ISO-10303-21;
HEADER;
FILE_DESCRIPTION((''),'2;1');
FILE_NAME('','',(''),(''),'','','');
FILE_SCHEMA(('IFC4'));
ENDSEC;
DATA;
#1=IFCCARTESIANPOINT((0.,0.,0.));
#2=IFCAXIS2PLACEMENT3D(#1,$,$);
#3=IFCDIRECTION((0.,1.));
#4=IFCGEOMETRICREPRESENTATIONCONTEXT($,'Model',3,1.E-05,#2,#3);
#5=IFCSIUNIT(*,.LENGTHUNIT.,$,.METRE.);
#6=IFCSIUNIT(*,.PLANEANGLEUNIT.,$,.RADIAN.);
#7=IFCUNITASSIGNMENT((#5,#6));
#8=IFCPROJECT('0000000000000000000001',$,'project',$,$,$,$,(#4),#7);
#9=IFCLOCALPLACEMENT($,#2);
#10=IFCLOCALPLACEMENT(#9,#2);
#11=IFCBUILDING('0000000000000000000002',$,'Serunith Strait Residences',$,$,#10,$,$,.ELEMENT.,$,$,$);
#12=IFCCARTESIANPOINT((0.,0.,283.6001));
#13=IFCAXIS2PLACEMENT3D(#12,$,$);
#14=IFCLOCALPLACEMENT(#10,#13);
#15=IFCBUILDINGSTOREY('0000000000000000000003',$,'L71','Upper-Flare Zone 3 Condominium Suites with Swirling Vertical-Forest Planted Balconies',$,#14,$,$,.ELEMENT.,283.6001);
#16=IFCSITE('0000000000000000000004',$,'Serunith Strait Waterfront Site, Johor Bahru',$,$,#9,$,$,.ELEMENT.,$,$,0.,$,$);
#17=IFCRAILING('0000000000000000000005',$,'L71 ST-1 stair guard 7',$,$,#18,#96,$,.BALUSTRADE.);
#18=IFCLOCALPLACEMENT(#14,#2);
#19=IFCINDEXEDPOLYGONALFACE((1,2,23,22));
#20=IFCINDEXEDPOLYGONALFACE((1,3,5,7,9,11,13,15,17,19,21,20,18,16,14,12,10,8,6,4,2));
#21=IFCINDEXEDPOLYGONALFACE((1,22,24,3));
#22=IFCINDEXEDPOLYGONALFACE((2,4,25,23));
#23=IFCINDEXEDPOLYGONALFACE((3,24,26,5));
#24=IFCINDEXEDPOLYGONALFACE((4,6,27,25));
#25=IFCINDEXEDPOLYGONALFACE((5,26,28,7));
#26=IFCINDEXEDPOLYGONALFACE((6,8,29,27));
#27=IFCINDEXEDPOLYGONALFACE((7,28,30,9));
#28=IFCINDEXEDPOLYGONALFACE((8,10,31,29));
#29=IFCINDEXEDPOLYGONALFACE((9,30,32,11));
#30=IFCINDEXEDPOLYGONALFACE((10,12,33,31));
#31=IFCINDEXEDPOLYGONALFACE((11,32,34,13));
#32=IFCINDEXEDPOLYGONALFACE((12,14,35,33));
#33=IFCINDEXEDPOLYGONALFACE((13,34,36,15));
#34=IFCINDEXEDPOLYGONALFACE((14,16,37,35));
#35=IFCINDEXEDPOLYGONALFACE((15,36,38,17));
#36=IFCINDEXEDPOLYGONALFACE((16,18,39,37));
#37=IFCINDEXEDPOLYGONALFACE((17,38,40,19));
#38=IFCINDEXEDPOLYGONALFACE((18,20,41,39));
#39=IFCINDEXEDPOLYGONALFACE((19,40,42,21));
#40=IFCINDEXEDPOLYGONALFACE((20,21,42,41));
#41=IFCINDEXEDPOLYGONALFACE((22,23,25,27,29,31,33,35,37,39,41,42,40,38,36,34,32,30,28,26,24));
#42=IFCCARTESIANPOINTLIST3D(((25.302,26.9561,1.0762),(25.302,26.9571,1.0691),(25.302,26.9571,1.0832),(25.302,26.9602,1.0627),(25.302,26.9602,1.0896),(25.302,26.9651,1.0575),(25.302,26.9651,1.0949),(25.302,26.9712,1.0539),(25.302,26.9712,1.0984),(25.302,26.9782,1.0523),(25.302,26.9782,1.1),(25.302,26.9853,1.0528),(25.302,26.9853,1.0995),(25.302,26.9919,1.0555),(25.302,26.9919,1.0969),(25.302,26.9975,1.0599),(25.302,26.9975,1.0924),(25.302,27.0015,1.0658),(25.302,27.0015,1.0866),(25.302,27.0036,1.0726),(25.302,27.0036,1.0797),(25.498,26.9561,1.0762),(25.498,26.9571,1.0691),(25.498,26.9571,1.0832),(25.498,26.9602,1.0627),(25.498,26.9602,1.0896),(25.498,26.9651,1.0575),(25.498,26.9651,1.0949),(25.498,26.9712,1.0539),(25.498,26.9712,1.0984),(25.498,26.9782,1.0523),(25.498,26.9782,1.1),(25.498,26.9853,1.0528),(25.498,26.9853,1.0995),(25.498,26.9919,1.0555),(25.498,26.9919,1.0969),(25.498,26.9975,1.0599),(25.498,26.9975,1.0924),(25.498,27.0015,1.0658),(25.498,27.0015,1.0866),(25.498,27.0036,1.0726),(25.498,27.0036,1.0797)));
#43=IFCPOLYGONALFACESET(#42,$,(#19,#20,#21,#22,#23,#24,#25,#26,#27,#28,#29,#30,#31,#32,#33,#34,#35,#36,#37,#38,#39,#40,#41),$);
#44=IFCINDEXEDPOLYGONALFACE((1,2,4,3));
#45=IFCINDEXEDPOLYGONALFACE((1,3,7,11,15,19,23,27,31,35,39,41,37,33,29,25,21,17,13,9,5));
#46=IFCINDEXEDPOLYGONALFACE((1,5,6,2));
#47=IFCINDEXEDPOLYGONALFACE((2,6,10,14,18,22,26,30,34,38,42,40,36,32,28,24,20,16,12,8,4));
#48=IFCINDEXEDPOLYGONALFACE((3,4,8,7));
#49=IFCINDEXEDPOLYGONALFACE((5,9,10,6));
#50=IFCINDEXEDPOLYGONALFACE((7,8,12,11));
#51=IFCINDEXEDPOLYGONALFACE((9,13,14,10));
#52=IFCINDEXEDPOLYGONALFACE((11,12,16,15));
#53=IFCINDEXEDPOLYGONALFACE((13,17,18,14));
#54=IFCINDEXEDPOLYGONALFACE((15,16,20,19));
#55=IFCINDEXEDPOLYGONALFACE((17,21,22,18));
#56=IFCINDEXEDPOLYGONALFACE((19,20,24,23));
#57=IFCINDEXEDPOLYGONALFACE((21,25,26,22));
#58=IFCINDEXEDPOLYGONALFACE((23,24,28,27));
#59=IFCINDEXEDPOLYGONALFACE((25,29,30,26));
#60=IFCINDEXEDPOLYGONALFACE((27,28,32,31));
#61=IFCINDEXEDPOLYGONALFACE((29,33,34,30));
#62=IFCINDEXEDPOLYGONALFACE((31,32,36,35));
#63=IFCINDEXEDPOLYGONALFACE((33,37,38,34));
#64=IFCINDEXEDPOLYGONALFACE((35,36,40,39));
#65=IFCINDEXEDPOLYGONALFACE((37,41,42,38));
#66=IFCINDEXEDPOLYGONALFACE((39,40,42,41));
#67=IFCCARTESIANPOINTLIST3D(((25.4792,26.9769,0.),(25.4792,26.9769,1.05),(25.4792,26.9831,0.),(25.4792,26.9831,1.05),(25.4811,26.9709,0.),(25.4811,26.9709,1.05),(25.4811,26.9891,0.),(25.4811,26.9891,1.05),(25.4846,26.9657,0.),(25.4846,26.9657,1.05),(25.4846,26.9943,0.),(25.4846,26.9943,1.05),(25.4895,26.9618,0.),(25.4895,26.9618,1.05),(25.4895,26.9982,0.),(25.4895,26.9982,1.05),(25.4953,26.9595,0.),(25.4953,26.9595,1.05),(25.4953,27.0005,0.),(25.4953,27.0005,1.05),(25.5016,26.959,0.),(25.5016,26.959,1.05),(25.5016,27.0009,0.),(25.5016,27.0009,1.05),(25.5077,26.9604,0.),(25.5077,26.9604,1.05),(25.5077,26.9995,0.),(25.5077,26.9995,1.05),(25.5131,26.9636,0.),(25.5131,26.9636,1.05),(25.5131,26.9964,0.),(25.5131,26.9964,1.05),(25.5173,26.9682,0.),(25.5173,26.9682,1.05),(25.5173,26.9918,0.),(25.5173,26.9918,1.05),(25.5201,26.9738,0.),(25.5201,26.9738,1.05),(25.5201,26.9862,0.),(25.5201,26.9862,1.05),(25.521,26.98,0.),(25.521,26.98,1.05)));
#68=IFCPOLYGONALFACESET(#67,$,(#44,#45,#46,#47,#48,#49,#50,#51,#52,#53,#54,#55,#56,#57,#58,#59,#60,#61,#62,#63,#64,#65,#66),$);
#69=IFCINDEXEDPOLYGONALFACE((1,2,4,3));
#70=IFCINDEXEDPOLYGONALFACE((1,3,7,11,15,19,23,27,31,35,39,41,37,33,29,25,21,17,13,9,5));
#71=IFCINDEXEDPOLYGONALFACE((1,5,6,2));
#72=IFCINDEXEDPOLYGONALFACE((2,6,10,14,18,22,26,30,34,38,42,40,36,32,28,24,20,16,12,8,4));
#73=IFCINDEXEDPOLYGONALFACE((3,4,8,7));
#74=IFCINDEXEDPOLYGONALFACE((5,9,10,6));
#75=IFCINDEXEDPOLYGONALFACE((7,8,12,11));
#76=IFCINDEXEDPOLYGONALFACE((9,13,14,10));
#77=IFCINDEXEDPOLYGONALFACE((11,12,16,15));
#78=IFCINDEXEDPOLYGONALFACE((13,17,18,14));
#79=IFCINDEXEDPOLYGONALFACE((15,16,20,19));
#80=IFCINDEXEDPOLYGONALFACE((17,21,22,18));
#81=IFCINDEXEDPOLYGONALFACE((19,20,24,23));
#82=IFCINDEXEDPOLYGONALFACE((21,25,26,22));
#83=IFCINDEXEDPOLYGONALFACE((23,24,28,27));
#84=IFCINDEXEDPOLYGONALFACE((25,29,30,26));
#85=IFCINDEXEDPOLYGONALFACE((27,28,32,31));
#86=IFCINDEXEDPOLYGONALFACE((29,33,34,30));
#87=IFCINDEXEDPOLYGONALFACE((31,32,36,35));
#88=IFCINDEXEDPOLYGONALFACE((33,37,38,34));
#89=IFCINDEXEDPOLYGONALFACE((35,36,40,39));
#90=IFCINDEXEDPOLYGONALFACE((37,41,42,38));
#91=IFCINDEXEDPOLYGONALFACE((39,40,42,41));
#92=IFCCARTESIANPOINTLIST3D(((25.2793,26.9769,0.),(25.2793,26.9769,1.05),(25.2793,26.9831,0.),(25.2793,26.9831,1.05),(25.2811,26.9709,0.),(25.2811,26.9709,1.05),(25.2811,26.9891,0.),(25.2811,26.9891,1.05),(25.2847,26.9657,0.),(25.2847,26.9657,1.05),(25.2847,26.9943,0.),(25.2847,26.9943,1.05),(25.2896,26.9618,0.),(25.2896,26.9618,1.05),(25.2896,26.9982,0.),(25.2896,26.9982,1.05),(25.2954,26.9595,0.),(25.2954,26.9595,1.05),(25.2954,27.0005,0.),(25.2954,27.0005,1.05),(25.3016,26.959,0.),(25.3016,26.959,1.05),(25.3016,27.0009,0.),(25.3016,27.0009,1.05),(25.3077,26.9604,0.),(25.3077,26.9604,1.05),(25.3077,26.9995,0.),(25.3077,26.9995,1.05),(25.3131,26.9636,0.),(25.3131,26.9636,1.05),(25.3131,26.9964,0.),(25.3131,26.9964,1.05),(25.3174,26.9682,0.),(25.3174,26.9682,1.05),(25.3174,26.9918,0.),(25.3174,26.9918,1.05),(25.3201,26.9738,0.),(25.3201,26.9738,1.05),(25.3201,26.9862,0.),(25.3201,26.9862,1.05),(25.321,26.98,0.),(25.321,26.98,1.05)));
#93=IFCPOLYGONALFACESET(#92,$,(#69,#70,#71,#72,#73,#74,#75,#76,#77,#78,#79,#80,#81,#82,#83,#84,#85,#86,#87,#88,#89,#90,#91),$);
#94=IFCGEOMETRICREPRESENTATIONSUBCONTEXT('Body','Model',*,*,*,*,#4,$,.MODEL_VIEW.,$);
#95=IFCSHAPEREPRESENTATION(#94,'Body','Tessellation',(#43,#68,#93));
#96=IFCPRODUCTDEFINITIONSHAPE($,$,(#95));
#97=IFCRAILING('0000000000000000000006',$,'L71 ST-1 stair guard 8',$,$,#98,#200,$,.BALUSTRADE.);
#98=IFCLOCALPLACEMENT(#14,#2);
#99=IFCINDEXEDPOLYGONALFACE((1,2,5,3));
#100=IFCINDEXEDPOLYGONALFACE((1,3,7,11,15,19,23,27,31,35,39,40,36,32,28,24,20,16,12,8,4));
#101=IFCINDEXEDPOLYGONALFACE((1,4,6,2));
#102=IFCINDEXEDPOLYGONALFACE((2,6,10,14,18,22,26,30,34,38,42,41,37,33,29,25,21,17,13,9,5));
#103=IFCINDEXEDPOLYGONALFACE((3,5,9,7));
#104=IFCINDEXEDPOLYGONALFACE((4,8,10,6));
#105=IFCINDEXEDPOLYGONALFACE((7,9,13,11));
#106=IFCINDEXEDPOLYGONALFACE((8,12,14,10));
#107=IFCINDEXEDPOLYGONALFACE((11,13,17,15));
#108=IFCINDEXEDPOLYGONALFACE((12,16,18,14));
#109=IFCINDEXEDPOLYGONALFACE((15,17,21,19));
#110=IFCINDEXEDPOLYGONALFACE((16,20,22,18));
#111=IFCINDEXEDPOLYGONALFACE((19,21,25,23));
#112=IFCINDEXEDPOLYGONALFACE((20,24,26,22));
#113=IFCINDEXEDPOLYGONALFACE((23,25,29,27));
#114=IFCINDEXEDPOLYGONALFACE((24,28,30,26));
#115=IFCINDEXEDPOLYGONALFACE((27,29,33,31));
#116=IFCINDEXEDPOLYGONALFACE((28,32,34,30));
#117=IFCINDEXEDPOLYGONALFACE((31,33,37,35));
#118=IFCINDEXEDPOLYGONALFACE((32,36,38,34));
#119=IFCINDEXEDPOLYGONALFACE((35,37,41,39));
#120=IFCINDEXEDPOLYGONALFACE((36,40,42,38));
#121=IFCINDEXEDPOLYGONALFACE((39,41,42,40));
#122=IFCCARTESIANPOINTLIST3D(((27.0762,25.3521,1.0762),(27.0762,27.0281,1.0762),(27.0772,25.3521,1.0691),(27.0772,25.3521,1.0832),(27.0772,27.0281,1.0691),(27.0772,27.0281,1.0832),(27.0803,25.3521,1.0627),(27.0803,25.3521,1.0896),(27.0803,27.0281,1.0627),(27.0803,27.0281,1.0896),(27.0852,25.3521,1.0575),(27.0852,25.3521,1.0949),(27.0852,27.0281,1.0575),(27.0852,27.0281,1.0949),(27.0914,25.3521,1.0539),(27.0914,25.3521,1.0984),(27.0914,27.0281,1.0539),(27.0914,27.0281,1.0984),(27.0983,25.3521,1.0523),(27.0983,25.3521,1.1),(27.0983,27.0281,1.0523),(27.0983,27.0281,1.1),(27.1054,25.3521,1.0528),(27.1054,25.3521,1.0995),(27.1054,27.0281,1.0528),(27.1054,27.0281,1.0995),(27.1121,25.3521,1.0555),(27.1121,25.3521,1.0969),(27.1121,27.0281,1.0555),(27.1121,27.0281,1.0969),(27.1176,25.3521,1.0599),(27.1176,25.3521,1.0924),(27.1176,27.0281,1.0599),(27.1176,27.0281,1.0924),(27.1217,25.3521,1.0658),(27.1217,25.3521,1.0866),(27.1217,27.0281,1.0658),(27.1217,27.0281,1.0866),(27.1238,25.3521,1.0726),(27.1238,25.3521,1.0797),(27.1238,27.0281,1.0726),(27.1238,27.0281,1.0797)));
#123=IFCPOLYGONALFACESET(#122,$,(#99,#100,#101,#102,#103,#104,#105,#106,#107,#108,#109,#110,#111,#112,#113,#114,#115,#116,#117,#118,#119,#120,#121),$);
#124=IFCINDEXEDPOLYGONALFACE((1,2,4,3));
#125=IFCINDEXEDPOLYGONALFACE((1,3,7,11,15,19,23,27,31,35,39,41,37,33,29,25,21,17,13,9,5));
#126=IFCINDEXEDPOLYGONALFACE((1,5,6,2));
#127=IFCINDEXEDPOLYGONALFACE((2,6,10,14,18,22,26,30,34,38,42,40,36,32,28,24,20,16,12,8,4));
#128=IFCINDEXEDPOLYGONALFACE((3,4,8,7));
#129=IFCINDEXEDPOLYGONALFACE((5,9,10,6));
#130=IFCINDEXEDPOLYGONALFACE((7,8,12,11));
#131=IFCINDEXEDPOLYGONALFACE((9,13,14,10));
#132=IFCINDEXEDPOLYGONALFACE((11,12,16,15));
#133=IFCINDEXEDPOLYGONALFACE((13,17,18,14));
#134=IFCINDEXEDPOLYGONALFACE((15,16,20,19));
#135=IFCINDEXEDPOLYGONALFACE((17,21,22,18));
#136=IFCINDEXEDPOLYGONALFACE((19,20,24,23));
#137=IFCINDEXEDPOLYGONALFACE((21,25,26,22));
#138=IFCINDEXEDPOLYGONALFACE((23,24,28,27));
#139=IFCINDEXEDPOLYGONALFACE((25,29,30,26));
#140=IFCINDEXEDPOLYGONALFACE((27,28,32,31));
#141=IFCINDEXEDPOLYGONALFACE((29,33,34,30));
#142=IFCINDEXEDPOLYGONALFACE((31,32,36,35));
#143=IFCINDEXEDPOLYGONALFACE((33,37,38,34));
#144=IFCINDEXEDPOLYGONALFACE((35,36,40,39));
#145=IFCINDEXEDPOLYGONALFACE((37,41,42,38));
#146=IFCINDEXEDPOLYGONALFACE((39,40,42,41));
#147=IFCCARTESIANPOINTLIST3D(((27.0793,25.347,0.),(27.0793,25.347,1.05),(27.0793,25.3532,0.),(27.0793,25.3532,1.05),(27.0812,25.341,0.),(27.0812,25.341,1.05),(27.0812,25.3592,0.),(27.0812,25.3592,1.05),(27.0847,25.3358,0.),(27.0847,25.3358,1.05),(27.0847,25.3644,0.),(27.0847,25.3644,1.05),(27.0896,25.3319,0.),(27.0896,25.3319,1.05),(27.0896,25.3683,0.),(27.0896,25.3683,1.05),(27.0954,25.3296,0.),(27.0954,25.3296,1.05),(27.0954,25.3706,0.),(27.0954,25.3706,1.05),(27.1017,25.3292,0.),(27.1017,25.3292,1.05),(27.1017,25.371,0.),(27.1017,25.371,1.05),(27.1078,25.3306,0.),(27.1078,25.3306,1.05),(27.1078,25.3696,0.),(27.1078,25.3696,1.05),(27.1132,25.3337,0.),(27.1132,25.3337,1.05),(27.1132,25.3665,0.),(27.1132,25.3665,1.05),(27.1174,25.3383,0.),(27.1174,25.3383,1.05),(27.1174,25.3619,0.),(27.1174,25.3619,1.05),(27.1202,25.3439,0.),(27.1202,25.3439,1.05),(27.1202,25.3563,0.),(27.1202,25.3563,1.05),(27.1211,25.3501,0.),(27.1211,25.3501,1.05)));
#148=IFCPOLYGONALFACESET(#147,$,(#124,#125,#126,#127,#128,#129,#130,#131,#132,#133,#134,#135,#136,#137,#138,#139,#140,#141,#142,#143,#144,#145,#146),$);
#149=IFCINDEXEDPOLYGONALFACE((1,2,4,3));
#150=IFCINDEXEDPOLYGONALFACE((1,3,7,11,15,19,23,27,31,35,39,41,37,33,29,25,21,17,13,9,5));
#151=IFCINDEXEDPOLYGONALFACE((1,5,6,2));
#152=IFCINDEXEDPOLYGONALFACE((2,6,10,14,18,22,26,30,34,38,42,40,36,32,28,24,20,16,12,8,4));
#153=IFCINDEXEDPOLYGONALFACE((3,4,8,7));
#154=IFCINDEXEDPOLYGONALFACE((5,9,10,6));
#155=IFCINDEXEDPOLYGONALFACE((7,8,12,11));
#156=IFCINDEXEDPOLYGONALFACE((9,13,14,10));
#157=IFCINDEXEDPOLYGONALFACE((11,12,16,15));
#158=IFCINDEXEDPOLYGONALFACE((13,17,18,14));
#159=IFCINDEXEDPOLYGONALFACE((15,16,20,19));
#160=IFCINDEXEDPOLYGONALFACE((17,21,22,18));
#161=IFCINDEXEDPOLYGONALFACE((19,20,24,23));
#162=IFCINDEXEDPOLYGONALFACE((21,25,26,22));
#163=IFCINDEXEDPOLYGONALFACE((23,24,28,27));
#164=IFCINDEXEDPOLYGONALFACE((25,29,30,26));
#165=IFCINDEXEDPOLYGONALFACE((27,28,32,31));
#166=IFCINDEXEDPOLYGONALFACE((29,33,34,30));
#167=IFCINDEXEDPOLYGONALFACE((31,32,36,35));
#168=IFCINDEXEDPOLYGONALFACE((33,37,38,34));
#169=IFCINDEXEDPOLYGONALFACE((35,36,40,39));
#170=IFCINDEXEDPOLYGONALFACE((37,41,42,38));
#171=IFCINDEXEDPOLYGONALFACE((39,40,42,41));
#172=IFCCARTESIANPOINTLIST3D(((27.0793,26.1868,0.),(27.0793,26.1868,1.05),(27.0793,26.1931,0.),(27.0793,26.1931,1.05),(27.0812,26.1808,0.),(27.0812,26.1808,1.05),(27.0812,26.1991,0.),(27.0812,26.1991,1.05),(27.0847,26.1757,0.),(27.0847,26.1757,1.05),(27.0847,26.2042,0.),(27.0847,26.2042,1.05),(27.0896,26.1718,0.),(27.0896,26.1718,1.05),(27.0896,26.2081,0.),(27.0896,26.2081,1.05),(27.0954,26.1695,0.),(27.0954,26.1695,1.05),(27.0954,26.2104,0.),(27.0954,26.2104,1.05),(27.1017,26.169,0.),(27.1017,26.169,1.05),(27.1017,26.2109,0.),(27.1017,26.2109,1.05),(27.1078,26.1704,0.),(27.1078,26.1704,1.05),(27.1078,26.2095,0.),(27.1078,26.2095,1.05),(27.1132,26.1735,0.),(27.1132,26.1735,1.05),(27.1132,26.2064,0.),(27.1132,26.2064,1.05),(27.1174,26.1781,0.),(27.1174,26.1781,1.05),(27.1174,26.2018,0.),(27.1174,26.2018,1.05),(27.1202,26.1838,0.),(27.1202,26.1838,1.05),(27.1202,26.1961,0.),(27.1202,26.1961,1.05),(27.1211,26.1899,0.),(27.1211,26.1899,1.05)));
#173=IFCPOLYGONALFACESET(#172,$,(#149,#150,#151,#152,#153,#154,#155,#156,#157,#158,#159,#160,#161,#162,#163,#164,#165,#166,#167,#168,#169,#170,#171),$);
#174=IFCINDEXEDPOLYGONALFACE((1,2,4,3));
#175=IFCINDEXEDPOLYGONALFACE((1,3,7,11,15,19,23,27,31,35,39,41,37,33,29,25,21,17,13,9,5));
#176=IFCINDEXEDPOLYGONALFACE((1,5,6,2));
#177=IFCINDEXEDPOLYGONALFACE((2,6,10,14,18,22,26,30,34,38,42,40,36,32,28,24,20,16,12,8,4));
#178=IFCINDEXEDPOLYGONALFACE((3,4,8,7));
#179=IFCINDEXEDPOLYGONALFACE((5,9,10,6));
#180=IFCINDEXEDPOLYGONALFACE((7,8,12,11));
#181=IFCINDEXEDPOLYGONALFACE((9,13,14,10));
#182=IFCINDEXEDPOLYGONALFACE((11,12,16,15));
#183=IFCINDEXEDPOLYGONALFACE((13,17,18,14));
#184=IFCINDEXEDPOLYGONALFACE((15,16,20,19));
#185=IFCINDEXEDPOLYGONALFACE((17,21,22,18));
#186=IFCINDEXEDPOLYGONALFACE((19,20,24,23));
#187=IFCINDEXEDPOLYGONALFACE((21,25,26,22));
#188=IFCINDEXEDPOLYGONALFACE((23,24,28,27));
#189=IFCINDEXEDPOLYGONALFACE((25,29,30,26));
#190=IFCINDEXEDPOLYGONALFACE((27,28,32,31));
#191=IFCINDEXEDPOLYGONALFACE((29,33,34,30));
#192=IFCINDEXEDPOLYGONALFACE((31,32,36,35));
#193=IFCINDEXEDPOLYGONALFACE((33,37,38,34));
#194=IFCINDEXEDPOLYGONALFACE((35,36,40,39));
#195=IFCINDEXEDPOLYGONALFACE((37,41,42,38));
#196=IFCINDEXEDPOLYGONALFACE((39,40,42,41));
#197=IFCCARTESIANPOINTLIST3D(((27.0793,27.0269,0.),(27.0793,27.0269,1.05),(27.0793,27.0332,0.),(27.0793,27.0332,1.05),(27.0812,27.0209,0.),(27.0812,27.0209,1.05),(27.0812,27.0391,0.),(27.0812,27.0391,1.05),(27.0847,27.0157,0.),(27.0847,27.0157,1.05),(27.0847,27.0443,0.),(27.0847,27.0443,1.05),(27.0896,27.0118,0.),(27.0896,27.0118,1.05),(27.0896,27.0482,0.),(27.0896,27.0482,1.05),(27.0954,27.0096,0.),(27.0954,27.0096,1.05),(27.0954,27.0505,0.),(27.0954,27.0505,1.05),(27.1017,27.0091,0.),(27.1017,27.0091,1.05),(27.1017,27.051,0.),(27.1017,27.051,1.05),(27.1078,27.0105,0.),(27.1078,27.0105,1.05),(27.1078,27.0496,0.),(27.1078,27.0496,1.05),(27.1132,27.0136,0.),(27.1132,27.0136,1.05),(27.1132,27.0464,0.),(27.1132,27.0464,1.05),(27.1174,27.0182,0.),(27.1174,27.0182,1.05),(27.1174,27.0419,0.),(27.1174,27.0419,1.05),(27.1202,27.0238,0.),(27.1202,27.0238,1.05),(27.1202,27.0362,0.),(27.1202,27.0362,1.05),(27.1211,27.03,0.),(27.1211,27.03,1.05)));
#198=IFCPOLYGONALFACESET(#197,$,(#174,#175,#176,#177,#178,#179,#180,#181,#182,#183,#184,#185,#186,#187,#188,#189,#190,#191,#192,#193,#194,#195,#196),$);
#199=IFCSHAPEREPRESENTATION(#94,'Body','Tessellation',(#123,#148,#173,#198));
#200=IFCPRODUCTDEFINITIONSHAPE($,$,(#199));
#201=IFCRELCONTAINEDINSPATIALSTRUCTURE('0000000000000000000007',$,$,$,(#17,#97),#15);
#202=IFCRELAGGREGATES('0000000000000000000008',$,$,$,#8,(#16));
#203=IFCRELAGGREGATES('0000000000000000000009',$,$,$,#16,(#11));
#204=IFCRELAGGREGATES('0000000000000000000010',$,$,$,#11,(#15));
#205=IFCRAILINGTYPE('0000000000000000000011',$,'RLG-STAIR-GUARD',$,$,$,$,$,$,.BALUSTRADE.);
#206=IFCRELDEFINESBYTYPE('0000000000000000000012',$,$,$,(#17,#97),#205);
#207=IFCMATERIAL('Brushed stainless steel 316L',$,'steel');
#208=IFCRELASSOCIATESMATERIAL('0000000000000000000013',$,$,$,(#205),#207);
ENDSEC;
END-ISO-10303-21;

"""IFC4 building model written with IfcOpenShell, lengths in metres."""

from ifc_helpers import new_model, si_unit, direction, frame, origin, origin_2d, place, context, subcontext, project, spatial, circle, extrude, material, type_object, element, save


model = new_model("IFC4")

# Units and contexts
model_context = context("Model", 3, precision=1e-05, world=origin(), true_north=direction((0.0, 1.0)))
body_context = subcontext(model_context, "Body", "Model", "MODEL_VIEW")
ifc_project = project(units=[si_unit("LENGTHUNIT", "METRE"), si_unit("PLANEANGLEUNIT", "RADIAN")], contexts=[model_context])

# Site, building, storey
site_placement = place(None, origin())
site = spatial("IfcSite", under=ifc_project, at=site_placement, Name="Serunith Strait Waterfront Site, Johor Bahru", CompositionType="ELEMENT", RefElevation=0.0)
building_placement = place(site_placement, origin())
building = spatial("IfcBuilding", under=site, at=building_placement, Name="Serunith Strait Residences", CompositionType="ELEMENT")
storey_placement = place(building_placement, frame((0.0, 0.0, 283.6001)))
storey = spatial("IfcBuildingStorey", under=building, at=storey_placement, Name="L71", Description="Upper-Flare Zone 3 Condominium Suites with Swirling Vertical-Forest Planted Balconies", CompositionType="ELEMENT", Elevation=283.6001)

# Railings
ifc_material_1 = material(Name="Brushed stainless steel 316L", Category="steel")
railing_type_1 = type_object("IfcRailingType", Name="RLG-STAIR-GUARD", PredefinedType="BALUSTRADE", material=ifc_material_1)
railing_1_placement = place(storey_placement, frame((25.5, 26.98, 0.0)))
element("IfcRailing", 1, at=railing_1_placement, inside=storey, type_object=railing_type_1, Name="L71 ST-1 stair guard 7", PredefinedType="BALUSTRADE", context=body_context, shape_type="SweptSolid", body=[
    extrude(circle(Radius=0.0239, at=origin_2d()), frame((-0.002, 0.0, 1.0762), z_axis=(-1.0, 0.0, 0.0), x_axis=(0.0, -1.0, 0.0)), (0.0, 0.0, 1.0), 0.196),
    extrude(circle(Radius=0.021, at=origin_2d()), origin(), (0.0, 0.0, 1.0), 1.05),
    extrude(circle(Radius=0.021, at=origin_2d()), frame((-0.2, 0.0, 0.0)), (0.0, 0.0, 1.0), 1.05),
])
for number, where, name in (
    (2, (27.1001, 25.3501, 0.0), "L71 ST-1 stair guard 8"),
):
    element("IfcRailing", number, at=place(storey_placement, frame(where)), inside=storey, type_object=railing_type_1, Name=name, PredefinedType="BALUSTRADE", context=body_context, shape_type="SweptSolid", body=[
        extrude(circle(Radius=0.0239, at=origin_2d()), frame((0.0, 0.002, 1.0762), z_axis=(0.0, 1.0, 0.0), x_axis=(-1.0, 0.0, 0.0)), (0.0, 0.0, 1.0), 1.676),
        extrude(circle(Radius=0.021, at=origin_2d()), origin(), (0.0, 0.0, 1.0), 1.05),
        extrude(circle(Radius=0.021, at=origin_2d()), frame((0.0, 0.8398, 0.0)), (0.0, 0.0, 1.0), 1.05),
        extrude(circle(Radius=0.021, at=origin_2d()), frame((0.0, 1.6799, 0.0)), (0.0, 0.0, 1.0), 1.05),
    ])

save(model, "model.ifc")
